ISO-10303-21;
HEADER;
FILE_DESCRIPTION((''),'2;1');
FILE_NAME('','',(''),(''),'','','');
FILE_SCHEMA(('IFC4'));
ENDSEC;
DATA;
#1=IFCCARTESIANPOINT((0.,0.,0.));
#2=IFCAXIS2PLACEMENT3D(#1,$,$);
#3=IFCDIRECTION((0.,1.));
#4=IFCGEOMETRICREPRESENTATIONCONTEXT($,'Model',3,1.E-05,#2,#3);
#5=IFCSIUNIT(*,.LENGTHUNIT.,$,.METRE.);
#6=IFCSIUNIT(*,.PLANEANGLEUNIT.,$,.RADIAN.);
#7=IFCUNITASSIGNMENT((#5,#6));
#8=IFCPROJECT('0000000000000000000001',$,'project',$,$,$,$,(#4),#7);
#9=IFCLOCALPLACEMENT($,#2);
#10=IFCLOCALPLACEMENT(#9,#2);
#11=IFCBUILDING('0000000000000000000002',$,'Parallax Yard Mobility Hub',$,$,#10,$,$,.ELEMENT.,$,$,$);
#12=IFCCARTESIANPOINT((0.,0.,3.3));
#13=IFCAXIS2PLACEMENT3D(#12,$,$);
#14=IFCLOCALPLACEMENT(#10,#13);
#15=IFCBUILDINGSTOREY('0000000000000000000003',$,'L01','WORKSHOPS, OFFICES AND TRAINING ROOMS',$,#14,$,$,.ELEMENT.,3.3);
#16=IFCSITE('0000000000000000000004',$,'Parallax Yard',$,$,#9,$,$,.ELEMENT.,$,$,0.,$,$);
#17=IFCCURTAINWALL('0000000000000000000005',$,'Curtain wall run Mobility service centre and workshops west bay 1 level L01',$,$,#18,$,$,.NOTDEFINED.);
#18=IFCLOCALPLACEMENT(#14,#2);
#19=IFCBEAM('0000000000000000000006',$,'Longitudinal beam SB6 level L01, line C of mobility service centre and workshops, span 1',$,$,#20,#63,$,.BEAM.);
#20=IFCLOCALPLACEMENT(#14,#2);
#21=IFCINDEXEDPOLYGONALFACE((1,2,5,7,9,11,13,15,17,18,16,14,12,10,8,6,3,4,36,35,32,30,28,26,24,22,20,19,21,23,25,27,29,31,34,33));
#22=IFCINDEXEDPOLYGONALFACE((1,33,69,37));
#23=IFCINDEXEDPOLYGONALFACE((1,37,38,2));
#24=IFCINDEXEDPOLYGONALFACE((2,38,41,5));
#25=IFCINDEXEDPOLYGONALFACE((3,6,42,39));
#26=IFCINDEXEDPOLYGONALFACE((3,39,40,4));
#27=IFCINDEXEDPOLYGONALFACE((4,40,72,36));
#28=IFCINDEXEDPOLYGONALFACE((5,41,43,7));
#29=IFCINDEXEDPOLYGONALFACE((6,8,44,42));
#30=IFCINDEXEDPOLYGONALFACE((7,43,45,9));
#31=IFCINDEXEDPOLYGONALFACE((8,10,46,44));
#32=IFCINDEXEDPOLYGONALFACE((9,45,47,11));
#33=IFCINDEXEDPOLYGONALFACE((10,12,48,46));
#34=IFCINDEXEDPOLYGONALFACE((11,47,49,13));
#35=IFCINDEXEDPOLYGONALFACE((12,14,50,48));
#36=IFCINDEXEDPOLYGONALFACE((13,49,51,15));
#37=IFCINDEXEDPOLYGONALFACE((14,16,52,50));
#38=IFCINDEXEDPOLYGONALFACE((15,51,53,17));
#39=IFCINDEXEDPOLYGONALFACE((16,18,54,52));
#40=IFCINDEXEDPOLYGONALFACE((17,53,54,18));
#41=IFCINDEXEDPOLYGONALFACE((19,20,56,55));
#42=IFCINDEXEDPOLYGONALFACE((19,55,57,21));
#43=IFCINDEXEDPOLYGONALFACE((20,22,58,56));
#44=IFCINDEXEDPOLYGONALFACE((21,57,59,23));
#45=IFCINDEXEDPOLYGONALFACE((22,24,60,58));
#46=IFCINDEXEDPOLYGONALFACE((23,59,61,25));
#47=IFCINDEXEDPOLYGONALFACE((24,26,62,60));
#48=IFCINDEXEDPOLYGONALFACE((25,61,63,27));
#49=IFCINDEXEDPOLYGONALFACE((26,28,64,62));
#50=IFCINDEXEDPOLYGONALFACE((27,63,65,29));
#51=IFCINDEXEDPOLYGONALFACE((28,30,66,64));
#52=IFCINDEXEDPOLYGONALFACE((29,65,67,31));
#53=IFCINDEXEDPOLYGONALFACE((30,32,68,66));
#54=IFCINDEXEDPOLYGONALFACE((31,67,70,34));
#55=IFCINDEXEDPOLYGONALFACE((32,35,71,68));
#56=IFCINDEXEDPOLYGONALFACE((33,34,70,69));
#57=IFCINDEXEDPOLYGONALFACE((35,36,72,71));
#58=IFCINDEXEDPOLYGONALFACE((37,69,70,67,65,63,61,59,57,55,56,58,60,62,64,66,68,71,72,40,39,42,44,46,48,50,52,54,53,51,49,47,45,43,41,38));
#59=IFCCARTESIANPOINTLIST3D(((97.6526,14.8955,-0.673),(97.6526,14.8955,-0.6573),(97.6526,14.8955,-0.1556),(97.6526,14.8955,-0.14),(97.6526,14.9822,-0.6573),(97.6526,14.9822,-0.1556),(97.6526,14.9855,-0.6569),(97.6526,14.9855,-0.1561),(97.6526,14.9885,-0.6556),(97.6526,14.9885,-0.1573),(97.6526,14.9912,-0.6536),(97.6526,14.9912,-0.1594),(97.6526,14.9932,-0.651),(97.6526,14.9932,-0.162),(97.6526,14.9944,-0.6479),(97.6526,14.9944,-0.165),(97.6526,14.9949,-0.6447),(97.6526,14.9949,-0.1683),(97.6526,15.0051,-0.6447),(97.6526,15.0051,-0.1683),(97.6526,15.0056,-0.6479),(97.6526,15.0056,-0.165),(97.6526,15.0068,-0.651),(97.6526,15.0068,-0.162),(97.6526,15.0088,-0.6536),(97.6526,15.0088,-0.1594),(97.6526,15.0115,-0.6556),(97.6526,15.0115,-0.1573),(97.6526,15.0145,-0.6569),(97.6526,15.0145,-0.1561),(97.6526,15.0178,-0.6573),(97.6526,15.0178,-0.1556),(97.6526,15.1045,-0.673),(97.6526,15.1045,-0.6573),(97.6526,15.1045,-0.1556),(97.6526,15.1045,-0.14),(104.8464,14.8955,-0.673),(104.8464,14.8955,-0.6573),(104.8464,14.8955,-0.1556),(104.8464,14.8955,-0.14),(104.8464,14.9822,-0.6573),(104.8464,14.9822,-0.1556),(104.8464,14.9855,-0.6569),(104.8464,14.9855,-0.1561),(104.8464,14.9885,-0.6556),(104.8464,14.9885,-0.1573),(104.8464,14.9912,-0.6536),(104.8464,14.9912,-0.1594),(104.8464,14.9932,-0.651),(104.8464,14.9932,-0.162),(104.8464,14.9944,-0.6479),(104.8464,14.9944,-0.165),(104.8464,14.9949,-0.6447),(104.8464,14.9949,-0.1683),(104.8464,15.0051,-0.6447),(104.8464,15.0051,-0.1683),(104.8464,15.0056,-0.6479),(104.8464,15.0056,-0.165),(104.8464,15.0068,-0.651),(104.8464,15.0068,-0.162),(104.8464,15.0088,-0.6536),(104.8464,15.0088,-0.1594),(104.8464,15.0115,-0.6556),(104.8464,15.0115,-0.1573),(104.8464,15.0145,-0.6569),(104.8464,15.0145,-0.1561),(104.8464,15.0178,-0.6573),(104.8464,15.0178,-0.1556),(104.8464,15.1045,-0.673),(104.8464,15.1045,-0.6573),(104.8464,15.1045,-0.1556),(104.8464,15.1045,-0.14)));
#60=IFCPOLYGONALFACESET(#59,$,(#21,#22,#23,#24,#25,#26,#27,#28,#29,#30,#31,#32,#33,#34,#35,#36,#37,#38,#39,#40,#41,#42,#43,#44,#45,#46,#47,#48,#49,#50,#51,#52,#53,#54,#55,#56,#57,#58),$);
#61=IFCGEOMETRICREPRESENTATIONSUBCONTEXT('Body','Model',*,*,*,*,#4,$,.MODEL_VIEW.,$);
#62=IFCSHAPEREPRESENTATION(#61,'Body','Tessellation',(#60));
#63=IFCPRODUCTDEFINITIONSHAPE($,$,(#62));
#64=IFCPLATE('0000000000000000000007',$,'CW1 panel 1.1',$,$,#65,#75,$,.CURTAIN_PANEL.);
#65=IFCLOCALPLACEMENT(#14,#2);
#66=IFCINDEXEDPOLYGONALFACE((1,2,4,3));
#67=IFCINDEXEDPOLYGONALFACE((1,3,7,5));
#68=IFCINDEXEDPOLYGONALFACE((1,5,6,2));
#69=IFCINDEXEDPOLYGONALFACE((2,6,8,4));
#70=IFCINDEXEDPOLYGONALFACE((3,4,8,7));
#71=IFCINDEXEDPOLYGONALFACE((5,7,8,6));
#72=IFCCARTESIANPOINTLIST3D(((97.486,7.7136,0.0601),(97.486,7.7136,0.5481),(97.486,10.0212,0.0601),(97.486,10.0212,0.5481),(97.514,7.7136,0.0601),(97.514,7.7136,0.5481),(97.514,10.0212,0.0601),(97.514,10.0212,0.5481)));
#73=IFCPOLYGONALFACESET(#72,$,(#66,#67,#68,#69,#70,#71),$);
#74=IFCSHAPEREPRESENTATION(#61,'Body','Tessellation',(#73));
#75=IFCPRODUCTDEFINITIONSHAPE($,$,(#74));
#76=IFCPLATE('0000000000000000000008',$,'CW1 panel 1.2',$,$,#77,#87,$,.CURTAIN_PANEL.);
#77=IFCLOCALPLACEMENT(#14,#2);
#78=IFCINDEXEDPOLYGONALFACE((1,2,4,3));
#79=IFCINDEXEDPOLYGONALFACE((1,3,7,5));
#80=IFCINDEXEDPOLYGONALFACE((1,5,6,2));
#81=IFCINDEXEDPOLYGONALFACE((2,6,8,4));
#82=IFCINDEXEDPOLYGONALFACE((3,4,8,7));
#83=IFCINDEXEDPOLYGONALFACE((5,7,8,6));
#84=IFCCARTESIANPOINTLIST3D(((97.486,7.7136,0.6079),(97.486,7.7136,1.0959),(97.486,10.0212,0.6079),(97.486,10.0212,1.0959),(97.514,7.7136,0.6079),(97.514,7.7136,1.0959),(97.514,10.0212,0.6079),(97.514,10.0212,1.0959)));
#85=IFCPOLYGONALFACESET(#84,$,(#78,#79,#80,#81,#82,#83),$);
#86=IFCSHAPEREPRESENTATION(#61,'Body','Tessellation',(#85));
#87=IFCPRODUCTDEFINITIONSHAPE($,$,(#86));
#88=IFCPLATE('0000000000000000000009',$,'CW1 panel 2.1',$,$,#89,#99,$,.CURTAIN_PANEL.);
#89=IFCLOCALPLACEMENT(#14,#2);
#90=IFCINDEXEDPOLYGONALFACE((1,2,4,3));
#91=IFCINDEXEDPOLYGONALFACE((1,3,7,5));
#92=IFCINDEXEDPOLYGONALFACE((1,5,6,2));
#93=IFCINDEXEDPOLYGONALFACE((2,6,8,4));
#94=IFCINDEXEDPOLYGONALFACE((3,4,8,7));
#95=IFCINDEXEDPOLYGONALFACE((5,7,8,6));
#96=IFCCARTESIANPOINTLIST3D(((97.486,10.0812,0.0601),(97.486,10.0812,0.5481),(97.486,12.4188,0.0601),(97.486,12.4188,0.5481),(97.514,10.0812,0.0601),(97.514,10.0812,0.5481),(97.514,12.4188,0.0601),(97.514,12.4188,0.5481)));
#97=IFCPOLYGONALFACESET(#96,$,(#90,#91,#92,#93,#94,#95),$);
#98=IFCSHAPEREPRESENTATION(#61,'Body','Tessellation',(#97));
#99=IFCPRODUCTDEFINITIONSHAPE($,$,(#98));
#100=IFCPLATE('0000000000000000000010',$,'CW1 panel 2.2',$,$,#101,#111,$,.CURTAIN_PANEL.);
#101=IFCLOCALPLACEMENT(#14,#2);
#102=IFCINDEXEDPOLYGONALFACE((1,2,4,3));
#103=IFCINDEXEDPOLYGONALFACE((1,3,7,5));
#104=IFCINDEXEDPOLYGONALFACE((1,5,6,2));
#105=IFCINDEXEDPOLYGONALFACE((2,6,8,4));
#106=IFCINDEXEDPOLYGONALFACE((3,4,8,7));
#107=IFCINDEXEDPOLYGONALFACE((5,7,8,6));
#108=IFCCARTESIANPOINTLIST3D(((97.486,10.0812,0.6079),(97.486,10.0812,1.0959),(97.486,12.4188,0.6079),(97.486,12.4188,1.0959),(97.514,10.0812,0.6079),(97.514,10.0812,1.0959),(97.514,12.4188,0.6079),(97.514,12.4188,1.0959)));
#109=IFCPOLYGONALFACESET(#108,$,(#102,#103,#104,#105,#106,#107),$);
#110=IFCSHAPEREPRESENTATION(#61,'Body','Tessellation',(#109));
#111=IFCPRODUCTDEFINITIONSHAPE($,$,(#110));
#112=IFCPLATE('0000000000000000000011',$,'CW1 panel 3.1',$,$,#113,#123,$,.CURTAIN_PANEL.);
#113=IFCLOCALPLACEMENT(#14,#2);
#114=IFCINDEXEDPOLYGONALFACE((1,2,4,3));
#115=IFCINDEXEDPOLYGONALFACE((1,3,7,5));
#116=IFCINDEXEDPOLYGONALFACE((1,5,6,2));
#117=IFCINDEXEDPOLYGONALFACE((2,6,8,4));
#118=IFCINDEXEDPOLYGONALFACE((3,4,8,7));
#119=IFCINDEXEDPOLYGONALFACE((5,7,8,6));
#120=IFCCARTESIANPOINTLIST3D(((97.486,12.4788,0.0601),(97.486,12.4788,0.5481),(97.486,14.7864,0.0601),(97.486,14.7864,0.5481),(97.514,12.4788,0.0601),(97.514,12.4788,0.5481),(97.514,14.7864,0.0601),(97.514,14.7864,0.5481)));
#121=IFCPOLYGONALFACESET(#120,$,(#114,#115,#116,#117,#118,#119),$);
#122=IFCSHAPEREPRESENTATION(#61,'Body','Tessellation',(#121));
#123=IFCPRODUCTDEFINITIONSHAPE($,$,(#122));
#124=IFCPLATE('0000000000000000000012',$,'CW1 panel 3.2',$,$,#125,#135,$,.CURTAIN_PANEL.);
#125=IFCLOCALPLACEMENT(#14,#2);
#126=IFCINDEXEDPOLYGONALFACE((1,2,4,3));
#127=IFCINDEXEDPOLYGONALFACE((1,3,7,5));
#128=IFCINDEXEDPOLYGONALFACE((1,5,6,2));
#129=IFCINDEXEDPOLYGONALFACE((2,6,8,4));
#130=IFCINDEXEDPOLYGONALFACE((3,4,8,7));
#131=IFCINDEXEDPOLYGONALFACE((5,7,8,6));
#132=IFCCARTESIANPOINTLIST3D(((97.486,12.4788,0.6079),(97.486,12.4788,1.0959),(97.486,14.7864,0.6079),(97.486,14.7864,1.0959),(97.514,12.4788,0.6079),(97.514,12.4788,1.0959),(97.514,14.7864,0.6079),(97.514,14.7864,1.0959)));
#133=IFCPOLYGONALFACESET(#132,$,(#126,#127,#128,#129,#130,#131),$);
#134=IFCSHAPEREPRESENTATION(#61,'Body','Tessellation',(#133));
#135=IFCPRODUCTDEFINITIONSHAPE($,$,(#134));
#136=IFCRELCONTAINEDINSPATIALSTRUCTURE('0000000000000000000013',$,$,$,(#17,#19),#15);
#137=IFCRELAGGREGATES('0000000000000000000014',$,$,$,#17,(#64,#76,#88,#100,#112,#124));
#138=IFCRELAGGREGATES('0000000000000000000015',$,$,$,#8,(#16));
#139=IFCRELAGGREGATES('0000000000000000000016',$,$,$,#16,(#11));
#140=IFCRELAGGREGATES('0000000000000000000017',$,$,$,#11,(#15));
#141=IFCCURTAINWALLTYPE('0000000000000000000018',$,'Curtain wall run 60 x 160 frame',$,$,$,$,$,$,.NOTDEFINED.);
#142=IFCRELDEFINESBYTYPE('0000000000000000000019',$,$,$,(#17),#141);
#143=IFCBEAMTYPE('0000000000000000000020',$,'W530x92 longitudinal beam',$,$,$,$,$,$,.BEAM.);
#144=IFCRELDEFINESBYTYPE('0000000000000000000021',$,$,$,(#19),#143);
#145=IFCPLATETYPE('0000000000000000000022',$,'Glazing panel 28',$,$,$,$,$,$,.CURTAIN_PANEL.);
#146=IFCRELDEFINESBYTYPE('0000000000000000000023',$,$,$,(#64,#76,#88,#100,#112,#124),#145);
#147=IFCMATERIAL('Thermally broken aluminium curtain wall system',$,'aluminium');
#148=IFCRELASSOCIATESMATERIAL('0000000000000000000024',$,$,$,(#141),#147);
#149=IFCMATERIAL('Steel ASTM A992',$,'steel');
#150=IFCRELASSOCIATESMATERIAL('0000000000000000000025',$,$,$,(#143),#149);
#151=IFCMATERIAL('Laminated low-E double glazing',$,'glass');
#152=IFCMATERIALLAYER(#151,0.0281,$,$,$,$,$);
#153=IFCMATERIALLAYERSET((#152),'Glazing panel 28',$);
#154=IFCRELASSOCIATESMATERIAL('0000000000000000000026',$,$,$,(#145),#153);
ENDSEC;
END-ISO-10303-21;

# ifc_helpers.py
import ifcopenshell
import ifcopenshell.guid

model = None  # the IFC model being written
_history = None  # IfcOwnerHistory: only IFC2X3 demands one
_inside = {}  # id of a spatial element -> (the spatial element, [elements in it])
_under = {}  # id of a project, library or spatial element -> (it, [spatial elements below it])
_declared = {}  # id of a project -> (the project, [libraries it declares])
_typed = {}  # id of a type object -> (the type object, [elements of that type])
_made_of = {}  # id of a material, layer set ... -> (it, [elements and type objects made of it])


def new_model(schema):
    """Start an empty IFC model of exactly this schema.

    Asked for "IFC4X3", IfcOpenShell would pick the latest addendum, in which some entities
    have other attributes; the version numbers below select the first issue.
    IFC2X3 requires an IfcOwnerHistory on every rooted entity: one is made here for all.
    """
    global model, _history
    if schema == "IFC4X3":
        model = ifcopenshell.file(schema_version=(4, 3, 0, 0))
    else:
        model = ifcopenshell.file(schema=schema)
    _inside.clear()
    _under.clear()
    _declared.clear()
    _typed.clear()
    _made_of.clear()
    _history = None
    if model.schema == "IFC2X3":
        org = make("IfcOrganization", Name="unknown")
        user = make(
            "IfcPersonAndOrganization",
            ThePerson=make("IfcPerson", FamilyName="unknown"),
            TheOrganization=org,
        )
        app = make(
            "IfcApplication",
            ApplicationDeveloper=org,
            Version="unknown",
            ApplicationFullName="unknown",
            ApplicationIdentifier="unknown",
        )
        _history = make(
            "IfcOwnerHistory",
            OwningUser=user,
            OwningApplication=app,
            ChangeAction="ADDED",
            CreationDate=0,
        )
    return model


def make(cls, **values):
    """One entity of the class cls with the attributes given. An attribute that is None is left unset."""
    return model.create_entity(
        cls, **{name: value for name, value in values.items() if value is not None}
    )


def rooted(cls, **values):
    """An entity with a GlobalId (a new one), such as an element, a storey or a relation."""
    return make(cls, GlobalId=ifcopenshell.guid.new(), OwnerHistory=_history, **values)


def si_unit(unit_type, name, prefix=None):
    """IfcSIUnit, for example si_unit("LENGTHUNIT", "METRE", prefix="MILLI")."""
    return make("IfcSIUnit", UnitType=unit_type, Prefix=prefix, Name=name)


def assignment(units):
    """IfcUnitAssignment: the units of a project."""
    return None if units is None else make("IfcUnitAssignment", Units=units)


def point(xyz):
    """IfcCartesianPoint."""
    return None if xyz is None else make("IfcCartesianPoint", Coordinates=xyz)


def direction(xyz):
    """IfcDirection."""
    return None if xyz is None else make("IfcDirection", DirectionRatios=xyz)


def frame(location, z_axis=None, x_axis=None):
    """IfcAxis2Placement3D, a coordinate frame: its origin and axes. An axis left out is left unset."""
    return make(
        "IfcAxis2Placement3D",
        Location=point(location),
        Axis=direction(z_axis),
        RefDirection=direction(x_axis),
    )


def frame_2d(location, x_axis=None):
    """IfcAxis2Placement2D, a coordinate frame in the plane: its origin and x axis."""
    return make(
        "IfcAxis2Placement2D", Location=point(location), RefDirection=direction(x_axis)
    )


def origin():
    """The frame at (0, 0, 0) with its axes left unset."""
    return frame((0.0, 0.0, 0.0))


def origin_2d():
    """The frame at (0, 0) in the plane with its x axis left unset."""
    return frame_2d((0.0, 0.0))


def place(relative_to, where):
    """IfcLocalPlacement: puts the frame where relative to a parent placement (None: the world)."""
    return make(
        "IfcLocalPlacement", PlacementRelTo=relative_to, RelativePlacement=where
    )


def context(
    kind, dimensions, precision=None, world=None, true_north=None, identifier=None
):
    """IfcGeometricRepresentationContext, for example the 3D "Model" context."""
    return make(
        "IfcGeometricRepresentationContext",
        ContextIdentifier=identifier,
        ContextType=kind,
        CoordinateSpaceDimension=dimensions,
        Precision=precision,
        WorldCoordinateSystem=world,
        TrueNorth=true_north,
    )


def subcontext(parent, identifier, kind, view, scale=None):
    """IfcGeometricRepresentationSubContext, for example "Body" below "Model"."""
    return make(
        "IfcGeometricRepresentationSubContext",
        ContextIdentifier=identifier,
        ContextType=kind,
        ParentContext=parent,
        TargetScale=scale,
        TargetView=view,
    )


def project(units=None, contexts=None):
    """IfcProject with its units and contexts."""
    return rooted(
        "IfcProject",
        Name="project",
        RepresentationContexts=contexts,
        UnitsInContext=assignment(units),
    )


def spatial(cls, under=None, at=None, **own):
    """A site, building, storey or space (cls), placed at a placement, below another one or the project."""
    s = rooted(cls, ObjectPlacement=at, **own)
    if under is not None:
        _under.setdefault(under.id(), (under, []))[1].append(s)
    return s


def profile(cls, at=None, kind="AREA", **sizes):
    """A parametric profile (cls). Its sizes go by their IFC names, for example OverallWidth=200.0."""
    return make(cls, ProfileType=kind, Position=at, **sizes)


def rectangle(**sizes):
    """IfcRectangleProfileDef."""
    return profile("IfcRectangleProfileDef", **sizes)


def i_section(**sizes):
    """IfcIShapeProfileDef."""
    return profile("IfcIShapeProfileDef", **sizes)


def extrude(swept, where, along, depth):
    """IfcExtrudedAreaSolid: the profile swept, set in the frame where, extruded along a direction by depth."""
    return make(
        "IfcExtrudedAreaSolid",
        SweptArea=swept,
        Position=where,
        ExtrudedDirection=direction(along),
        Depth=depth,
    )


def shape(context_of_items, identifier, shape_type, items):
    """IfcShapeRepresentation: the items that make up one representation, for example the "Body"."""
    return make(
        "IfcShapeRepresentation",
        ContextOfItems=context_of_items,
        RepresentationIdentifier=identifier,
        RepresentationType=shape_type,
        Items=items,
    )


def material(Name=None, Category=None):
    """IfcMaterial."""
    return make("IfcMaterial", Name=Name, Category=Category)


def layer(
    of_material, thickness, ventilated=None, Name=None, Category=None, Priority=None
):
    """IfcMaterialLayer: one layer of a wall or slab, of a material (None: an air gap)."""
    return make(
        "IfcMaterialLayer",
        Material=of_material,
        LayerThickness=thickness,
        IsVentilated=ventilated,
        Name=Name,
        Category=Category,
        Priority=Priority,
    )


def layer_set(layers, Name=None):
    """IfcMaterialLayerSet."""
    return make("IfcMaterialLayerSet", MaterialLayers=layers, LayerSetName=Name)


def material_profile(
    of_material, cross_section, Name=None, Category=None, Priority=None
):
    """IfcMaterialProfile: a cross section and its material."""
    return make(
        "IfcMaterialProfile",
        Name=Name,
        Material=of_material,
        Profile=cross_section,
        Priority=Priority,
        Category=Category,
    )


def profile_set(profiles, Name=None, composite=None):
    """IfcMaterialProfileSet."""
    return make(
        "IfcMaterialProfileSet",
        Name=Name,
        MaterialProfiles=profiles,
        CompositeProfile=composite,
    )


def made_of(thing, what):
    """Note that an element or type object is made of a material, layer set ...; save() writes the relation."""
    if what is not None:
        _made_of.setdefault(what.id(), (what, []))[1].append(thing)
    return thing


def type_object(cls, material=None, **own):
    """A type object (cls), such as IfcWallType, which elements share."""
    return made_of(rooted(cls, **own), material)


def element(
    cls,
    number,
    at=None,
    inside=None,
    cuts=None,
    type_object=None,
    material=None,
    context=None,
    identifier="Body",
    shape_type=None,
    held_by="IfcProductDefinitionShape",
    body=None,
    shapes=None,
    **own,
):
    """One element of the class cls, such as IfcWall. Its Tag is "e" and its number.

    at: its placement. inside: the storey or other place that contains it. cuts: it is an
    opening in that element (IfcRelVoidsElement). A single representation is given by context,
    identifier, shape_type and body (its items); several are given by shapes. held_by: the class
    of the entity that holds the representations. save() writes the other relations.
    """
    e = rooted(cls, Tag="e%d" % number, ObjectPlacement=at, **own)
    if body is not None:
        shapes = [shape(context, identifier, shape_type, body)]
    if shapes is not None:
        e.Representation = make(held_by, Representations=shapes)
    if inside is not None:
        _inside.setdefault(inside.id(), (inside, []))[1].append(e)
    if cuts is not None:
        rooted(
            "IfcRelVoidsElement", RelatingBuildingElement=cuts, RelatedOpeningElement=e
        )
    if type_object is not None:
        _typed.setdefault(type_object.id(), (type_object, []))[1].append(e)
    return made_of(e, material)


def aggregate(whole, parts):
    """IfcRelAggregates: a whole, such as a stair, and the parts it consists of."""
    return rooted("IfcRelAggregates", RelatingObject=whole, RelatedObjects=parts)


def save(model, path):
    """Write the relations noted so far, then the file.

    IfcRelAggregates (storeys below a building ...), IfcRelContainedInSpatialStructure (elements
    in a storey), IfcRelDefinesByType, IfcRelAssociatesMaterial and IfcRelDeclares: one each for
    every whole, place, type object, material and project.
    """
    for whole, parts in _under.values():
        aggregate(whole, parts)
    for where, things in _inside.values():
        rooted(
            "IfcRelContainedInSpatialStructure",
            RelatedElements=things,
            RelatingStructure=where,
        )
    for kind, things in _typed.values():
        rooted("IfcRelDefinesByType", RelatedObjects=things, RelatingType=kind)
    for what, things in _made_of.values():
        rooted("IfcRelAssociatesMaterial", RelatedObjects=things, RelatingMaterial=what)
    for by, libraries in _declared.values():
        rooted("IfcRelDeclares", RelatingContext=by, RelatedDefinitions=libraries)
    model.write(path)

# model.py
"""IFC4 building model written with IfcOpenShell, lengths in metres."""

from ifc_helpers import new_model, si_unit, direction, frame, origin, origin_2d, place, context, subcontext, project, spatial, rectangle, i_section, extrude, material, layer, layer_set, material_profile, profile_set, type_object, element, aggregate, save


model = new_model("IFC4")

# Units and contexts
model_context = context("Model", 3, precision=1e-05, world=origin(), true_north=direction((0.0, 1.0)))
body_context = subcontext(model_context, "Body", "Model", "MODEL_VIEW")
ifc_project = project(units=[si_unit("LENGTHUNIT", "METRE"), si_unit("PLANEANGLEUNIT", "RADIAN")], contexts=[model_context])

# Site, building, storey
site_placement = place(None, origin())
site = spatial("IfcSite", under=ifc_project, at=site_placement, Name="Parallax Yard", CompositionType="ELEMENT", RefElevation=0.0)
building_placement = place(site_placement, origin())
building = spatial("IfcBuilding", under=site, at=building_placement, Name="Parallax Yard Mobility Hub", CompositionType="ELEMENT")
storey_placement = place(building_placement, frame((0.0, 0.0, 3.3)))
storey = spatial("IfcBuildingStorey", under=building, at=storey_placement, Name="L01", Description="WORKSHOPS, OFFICES AND TRAINING ROOMS", CompositionType="ELEMENT", Elevation=3.3)

# Shared definitions
ifc_material_1 = material(Name="Steel ASTM A992", Category="steel")

# Curtain wall
ifc_material_2 = material(Name="Thermally broken aluminium curtain wall system", Category="aluminium")
curtain_wall_type = type_object("IfcCurtainWallType", Name="Curtain wall run 60 x 160 frame", PredefinedType="NOTDEFINED", material=ifc_material_2)
curtain_wall_1_placement = place(storey_placement, origin())
curtain_wall_1 = element("IfcCurtainWall", 1, at=curtain_wall_1_placement, inside=storey, type_object=curtain_wall_type, Name="Curtain wall run Mobility service centre and workshops west bay 1 level L01", PredefinedType="NOTDEFINED")

# Beam
ifc_material_profile_1 = material_profile(ifc_material_1, i_section(OverallWidth=0.209, OverallDepth=0.533, WebThickness=0.0103, FlangeThickness=0.0156, FilletRadius=0.0127, at=origin_2d()), Name="W530x92")
ifc_profile_set_1 = profile_set([ifc_material_profile_1], Name="Steel ASTM A992")
beam_type_1 = type_object("IfcBeamType", Name="W530x92 longitudinal beam", PredefinedType="BEAM", material=ifc_profile_set_1)
beam_1_placement = place(storey_placement, frame((97.6526, 15.0, -0.4065), z_axis=(1.0, 0.0, 0.0), x_axis=(0.0, 1.0, 0.0)))
element("IfcBeam", 2, at=beam_1_placement, inside=storey, type_object=beam_type_1, Name="Longitudinal beam SB6 level L01, line C of mobility service centre and workshops, span 1", PredefinedType="BEAM", context=body_context, shape_type="SweptSolid", body=[
    extrude(i_section(OverallWidth=0.209, OverallDepth=0.533, WebThickness=0.0103, FlangeThickness=0.0156, FilletRadius=0.0127, at=origin_2d()), origin(), (0.0, 0.0, 1.0), 7.1938),
])

# Plates
ifc_material_3 = material(Name="Laminated low-E double glazing", Category="glass")
ifc_layer = layer(ifc_material_3, 0.0281)
ifc_layer_set = layer_set([ifc_layer], Name="Glazing panel 28")
plate_type = type_object("IfcPlateType", Name="Glazing panel 28", PredefinedType="CURTAIN_PANEL", material=ifc_layer_set)
plate_1_placement = place(storey_placement, frame((97.5, 8.8674, 0.0601), z_axis=(0.0, 0.0, 1.0), x_axis=(0.0, 1.0, 0.0)))
plate_1 = element("IfcPlate", 3, at=plate_1_placement, type_object=plate_type, Name="CW1 panel 1.1", PredefinedType="CURTAIN_PANEL", context=body_context, shape_type="SweptSolid", body=[
    extrude(rectangle(XDim=2.3076, YDim=0.0281, at=origin_2d()), origin(), (0.0, 0.0, 1.0), 0.488),
])
plate_2_placement = place(storey_placement, frame((97.5, 8.8674, 0.6079), z_axis=(0.0, 0.0, 1.0), x_axis=(0.0, 1.0, 0.0)))
plate_2 = element("IfcPlate", 4, at=plate_2_placement, type_object=plate_type, Name="CW1 panel 1.2", PredefinedType="CURTAIN_PANEL", context=body_context, shape_type="SweptSolid", body=[
    extrude(rectangle(XDim=2.3076, YDim=0.0281, at=origin_2d()), origin(), (0.0, 0.0, 1.0), 0.488),
])
plate_3_placement = place(storey_placement, frame((97.5, 11.25, 0.0601), z_axis=(0.0, 0.0, 1.0), x_axis=(0.0, 1.0, 0.0)))
plate_3 = element("IfcPlate", 5, at=plate_3_placement, type_object=plate_type, Name="CW1 panel 2.1", PredefinedType="CURTAIN_PANEL", context=body_context, shape_type="SweptSolid", body=[
    extrude(rectangle(XDim=2.3376, YDim=0.0281, at=origin_2d()), origin(), (0.0, 0.0, 1.0), 0.488),
])
plate_4_placement = place(storey_placement, frame((97.5, 11.25, 0.6079), z_axis=(0.0, 0.0, 1.0), x_axis=(0.0, 1.0, 0.0)))
plate_4 = element("IfcPlate", 6, at=plate_4_placement, type_object=plate_type, Name="CW1 panel 2.2", PredefinedType="CURTAIN_PANEL", context=body_context, shape_type="SweptSolid", body=[
    extrude(rectangle(XDim=2.3376, YDim=0.0281, at=origin_2d()), origin(), (0.0, 0.0, 1.0), 0.488),
])
plate_5_placement = place(storey_placement, frame((97.5, 13.6326, 0.0601), z_axis=(0.0, 0.0, 1.0), x_axis=(0.0, 1.0, 0.0)))
plate_5 = element("IfcPlate", 7, at=plate_5_placement, type_object=plate_type, Name="CW1 panel 3.1", PredefinedType="CURTAIN_PANEL", context=body_context, shape_type="SweptSolid", body=[
    extrude(rectangle(XDim=2.3076, YDim=0.0281, at=origin_2d()), origin(), (0.0, 0.0, 1.0), 0.488),
])
plate_6_placement = place(storey_placement, frame((97.5, 13.6326, 0.6079), z_axis=(0.0, 0.0, 1.0), x_axis=(0.0, 1.0, 0.0)))
plate_6 = element("IfcPlate", 8, at=plate_6_placement, type_object=plate_type, Name="CW1 panel 3.2", PredefinedType="CURTAIN_PANEL", context=body_context, shape_type="SweptSolid", body=[
    extrude(rectangle(XDim=2.3076, YDim=0.0281, at=origin_2d()), origin(), (0.0, 0.0, 1.0), 0.488),
])
aggregate(curtain_wall_1, [plate_1, plate_2, plate_3, plate_4, plate_5, plate_6])

save(model, "model.ifc")
